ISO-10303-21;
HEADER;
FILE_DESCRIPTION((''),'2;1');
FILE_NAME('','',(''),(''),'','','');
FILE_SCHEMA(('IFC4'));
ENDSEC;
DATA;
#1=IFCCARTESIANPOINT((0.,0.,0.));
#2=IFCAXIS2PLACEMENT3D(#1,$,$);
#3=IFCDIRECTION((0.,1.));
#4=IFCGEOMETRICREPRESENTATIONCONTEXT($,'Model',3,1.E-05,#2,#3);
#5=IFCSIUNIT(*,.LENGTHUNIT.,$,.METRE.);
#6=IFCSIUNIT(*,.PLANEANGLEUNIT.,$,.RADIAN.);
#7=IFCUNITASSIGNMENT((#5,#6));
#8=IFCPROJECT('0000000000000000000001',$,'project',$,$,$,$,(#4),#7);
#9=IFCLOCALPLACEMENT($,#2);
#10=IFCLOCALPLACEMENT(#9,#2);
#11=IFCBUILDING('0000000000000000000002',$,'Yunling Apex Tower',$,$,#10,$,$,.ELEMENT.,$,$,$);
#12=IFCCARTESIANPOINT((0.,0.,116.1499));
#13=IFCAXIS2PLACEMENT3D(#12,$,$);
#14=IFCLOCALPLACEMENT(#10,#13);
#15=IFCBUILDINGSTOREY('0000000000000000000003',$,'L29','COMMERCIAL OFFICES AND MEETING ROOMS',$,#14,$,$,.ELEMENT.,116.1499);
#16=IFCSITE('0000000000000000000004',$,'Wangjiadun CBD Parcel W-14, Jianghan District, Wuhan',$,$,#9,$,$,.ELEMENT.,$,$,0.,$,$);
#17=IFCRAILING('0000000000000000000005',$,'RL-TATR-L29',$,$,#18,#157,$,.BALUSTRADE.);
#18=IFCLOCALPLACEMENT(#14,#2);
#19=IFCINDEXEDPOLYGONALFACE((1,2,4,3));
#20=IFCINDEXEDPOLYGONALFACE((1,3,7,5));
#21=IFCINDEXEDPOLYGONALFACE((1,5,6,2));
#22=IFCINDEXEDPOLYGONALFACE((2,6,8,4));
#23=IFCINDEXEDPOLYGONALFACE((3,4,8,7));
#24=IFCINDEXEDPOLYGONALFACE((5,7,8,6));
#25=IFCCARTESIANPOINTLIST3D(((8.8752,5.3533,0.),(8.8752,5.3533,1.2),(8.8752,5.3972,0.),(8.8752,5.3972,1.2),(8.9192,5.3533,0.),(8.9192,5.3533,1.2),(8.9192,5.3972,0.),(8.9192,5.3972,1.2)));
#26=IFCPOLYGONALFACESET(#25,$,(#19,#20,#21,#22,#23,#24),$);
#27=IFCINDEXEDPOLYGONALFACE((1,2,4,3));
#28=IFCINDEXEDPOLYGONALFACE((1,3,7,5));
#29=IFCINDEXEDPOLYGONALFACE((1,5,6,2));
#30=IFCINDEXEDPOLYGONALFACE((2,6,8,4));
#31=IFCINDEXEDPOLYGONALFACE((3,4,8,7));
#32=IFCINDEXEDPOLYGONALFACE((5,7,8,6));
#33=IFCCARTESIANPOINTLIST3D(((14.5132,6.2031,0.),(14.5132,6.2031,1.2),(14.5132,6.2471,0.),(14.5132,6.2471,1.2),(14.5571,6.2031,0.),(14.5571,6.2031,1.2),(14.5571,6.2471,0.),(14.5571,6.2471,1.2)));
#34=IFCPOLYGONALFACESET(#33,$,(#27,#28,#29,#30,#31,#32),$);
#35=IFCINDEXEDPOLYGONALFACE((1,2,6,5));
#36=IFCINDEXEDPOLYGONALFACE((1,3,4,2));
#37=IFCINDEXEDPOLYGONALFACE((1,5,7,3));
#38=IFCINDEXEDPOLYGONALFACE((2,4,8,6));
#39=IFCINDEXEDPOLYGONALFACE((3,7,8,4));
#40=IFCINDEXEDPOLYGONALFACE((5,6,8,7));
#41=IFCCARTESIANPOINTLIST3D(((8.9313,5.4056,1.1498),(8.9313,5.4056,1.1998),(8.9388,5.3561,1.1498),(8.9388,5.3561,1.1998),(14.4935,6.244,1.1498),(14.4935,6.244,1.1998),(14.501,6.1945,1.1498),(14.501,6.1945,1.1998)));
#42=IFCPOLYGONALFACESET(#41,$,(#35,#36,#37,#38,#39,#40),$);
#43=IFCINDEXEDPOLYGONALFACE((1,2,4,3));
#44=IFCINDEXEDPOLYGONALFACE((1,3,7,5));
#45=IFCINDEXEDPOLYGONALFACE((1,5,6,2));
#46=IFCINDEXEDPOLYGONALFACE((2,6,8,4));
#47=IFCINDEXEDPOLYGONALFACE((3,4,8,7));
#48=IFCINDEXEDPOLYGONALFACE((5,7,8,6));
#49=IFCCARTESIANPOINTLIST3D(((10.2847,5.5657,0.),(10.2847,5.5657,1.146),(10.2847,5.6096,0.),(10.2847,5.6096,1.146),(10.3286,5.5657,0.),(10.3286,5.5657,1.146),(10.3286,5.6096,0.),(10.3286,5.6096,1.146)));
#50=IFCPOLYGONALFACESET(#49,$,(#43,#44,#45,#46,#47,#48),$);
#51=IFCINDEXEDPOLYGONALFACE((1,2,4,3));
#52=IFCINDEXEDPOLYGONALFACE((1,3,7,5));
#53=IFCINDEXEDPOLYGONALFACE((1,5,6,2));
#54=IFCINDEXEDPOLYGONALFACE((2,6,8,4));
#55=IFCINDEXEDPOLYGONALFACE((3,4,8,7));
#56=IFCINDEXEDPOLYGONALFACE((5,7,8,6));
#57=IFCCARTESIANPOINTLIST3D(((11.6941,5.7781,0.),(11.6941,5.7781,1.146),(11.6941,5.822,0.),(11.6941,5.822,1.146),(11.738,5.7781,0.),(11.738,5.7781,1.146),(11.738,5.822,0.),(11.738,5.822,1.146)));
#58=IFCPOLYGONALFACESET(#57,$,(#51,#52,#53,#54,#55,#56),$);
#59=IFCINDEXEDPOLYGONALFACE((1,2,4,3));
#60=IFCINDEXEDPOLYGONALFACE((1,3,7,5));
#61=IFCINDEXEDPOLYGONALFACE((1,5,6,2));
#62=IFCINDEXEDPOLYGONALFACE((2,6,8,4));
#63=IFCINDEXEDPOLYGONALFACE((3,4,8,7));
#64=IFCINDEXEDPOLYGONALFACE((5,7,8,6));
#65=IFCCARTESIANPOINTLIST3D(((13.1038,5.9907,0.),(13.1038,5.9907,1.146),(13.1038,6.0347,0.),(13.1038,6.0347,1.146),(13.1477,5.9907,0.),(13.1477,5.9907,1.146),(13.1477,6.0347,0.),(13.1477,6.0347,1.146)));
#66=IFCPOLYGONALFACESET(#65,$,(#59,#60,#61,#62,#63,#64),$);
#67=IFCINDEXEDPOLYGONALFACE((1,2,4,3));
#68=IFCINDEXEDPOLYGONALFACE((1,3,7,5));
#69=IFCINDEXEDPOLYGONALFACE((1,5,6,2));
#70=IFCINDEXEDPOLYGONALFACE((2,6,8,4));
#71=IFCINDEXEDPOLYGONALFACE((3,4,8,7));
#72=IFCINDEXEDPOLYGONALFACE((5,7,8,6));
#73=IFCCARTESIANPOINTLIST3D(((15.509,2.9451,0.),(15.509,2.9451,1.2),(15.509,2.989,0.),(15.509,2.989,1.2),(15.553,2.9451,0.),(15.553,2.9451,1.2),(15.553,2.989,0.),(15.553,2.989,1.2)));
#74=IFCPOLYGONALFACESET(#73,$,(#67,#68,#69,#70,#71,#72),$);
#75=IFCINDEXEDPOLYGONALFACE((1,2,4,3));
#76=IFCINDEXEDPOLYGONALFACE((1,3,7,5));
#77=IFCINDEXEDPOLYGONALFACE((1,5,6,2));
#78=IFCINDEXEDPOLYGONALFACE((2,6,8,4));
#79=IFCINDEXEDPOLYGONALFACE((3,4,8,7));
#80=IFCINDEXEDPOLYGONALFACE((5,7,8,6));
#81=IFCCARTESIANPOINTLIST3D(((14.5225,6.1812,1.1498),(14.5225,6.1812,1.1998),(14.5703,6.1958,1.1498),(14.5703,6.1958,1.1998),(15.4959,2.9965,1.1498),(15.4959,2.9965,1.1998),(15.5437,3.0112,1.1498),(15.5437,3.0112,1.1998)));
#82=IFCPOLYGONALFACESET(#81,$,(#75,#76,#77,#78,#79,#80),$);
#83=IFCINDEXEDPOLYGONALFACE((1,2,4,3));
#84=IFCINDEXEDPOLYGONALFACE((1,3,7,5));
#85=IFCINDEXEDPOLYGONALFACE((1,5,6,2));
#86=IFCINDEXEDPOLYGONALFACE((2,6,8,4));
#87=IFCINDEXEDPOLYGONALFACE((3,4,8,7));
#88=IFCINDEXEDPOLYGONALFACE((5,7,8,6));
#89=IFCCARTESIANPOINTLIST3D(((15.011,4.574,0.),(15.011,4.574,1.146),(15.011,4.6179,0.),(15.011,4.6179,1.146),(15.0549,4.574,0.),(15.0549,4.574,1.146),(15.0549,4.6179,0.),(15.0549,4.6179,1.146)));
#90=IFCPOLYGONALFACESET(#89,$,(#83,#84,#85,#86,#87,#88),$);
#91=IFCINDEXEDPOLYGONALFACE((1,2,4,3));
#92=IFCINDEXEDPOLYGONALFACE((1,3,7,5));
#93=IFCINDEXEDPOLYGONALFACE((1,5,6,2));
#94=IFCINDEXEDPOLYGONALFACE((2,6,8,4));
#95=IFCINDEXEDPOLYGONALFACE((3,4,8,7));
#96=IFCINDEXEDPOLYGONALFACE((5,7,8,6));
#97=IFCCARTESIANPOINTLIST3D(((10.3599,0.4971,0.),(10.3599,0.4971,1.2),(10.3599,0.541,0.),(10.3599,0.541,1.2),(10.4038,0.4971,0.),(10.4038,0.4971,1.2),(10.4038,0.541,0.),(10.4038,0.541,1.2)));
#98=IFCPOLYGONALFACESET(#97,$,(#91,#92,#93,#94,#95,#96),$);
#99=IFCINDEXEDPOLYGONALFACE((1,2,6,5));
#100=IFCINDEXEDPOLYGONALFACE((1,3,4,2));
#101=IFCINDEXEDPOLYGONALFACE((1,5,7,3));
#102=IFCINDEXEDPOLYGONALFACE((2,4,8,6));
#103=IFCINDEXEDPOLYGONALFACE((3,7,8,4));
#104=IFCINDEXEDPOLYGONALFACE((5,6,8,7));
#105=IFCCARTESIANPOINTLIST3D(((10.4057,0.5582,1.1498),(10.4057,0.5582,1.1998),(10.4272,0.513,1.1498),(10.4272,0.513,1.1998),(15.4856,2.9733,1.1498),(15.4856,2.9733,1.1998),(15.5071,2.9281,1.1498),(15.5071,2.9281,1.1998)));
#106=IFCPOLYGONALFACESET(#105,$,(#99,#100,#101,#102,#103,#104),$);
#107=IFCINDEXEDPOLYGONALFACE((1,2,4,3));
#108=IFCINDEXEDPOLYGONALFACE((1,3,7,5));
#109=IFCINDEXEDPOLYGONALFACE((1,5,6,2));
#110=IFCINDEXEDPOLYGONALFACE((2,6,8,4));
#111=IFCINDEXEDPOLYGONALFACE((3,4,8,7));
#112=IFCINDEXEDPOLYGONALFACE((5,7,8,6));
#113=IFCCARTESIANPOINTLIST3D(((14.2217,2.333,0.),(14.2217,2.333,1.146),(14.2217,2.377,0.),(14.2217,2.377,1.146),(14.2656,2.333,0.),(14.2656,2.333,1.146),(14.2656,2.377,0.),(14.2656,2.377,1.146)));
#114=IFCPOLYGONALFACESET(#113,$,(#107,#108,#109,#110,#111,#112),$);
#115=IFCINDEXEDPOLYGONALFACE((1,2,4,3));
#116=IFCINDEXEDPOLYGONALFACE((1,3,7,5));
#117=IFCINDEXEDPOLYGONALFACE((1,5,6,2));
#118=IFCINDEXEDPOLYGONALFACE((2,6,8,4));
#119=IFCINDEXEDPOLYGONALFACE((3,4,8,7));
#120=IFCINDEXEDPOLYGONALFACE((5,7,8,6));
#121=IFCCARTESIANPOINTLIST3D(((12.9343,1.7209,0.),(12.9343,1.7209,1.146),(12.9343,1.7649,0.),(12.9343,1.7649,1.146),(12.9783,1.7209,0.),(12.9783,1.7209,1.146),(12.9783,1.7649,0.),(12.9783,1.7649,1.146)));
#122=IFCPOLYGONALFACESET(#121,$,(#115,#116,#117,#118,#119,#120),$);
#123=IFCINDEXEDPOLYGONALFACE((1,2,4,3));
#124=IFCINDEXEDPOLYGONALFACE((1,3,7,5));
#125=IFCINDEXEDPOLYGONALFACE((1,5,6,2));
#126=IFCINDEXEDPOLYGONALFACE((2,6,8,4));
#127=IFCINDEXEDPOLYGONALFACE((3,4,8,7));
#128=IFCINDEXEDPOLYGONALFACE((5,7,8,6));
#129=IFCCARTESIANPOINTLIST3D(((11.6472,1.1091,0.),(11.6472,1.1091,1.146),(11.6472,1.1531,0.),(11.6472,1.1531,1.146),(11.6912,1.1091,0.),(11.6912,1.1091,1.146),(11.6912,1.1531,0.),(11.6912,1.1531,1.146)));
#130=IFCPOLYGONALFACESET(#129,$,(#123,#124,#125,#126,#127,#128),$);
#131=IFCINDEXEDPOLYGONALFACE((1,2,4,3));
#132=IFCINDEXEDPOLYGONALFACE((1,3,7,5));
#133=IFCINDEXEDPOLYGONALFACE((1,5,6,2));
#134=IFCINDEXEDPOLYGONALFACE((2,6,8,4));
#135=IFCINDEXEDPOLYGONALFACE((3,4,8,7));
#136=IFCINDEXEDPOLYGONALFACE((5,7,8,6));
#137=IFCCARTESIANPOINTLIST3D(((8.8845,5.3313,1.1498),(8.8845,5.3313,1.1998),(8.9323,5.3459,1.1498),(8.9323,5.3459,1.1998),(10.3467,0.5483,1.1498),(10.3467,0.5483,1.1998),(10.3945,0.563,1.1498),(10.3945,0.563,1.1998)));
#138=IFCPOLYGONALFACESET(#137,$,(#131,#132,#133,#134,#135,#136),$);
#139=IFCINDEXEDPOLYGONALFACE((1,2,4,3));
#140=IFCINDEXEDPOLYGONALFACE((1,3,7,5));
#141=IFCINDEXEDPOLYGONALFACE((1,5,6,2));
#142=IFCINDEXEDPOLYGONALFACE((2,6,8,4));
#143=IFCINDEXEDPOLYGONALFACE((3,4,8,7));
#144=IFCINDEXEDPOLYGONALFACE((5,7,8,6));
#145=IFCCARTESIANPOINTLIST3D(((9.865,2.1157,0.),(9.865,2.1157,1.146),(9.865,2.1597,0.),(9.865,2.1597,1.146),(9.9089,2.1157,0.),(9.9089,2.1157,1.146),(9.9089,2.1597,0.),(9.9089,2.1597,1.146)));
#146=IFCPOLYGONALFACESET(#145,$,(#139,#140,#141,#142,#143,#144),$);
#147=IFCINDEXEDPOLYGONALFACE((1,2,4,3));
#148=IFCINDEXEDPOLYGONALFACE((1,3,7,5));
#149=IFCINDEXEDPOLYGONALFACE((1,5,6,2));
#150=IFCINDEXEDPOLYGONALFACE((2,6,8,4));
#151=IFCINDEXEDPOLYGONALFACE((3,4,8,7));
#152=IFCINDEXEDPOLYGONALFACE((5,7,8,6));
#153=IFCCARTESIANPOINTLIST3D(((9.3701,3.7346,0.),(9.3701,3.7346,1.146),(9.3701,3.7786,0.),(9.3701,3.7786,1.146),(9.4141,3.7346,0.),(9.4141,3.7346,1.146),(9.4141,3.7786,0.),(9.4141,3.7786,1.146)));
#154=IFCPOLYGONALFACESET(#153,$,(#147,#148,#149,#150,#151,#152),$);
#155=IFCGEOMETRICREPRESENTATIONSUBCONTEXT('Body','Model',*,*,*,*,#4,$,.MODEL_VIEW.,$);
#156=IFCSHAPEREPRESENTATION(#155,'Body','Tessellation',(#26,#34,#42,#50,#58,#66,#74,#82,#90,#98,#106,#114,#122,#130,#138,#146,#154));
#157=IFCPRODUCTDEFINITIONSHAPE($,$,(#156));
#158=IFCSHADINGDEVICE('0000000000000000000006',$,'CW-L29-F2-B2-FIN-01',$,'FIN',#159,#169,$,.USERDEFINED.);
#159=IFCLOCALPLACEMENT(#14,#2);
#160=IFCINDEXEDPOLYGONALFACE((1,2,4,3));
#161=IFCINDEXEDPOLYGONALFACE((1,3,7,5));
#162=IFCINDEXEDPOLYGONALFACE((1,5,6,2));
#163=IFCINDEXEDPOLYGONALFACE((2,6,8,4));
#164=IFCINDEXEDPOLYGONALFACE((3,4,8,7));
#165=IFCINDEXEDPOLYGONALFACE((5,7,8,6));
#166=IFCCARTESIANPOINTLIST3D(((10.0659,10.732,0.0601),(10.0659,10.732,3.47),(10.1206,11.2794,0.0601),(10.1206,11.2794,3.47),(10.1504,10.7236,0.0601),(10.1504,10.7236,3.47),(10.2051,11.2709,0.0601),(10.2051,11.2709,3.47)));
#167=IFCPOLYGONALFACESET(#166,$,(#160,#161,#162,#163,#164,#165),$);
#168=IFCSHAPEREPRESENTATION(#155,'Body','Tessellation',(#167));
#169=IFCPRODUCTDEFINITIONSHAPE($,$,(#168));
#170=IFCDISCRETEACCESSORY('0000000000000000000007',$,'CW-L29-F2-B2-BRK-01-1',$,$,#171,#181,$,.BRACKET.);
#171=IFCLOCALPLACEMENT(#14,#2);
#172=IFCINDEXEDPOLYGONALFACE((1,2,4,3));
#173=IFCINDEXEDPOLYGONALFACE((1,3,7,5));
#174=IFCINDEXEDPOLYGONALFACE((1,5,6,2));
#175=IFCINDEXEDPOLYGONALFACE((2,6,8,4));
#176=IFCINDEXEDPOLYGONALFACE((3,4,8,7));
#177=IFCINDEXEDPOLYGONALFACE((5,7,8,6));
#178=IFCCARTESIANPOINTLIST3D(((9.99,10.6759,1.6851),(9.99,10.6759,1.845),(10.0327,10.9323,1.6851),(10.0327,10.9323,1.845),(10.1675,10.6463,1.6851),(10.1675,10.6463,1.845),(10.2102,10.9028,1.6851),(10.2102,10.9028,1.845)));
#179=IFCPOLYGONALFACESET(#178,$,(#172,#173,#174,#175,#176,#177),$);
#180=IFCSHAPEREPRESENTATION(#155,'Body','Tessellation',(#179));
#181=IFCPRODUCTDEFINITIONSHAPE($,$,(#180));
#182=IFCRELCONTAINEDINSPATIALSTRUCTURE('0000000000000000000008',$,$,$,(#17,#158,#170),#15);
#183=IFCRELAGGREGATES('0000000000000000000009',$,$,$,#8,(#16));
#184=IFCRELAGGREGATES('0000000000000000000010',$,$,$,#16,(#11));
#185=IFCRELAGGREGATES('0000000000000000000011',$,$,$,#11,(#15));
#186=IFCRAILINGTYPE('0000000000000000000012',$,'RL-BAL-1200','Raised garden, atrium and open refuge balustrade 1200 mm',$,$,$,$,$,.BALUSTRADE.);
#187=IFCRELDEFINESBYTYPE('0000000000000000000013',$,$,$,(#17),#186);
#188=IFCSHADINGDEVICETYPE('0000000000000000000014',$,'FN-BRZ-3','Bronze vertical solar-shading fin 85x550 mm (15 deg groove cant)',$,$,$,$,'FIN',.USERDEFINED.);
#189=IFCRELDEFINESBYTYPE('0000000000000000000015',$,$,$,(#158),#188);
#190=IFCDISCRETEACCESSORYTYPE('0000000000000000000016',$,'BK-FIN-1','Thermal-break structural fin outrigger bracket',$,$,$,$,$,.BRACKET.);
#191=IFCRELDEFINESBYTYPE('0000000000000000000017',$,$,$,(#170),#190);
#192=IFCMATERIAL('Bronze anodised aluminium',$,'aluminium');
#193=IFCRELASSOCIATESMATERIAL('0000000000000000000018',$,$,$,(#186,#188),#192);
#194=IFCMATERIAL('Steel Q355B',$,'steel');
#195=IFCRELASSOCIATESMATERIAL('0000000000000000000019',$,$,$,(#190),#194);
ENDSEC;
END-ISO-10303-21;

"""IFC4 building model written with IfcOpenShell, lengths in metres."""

from ifc_helpers import new_model, si_unit, direction, frame, origin, origin_2d, place, context, subcontext, project, spatial, rectangle, extrude, source, transform, mapped, material, material_profile, profile_set, type_object, element, save


model = new_model("IFC4")

# Units and contexts
model_context = context("Model", 3, precision=1e-05, world=origin(), true_north=direction((0.0, 1.0)))
body_context = subcontext(model_context, "Body", "Model", "MODEL_VIEW")
ifc_project = project(units=[si_unit("LENGTHUNIT", "METRE"), si_unit("PLANEANGLEUNIT", "RADIAN")], contexts=[model_context])

# Site, building, storey
site_placement = place(None, origin())
site = spatial("IfcSite", under=ifc_project, at=site_placement, Name="Wangjiadun CBD Parcel W-14, Jianghan District, Wuhan", CompositionType="ELEMENT", RefElevation=0.0)
building_placement = place(site_placement, origin())
building = spatial("IfcBuilding", under=site, at=building_placement, Name="Yunling Apex Tower", CompositionType="ELEMENT")
storey_placement = place(building_placement, frame((0.0, 0.0, 116.1499)))
storey = spatial("IfcBuildingStorey", under=building, at=storey_placement, Name="L29", Description="COMMERCIAL OFFICES AND MEETING ROOMS", CompositionType="ELEMENT", Elevation=116.1499)

# Shared definitions
ifc_material_1 = material(Name="Steel Q355B", Category="steel")

# Shared definitions
ifc_material_2 = material(Name="Bronze anodised aluminium", Category="aluminium")

# Railing
railing_type = type_object("IfcRailingType", Name="RL-BAL-1200", Description="Raised garden, atrium and open refuge balustrade 1200 mm", PredefinedType="BALUSTRADE", material=ifc_material_2)
railing_placement = place(storey_placement, frame((8.8972, 5.3752, 0.0)))
element("IfcRailing", 1, at=railing_placement, inside=storey, type_object=railing_type, Name="RL-TATR-L29", PredefinedType="BALUSTRADE", context=body_context, shape_type="SweptSolid", body=[
    extrude(rectangle(XDim=0.0439, YDim=0.0439, at=origin_2d()), origin(), (0.0, 0.0, 1.0), 1.2),
    extrude(rectangle(XDim=0.0439, YDim=0.0439, at=origin_2d()), frame((5.6379, 0.8499, 0.0)), (0.0, 0.0, 1.0), 1.2),
    extrude(rectangle(XDim=0.05, YDim=0.05, at=origin_2d()), frame((0.0378, 0.0056, 1.1748), z_axis=(0.988829, 0.149054, 0.0), x_axis=(-0.149054, 0.988829, 0.0)), (0.0, 0.0, 1.0), 5.625),
    extrude(rectangle(XDim=0.0439, YDim=0.0439, at=origin_2d()), frame((1.4094, 0.2124, 0.0)), (0.0, 0.0, 1.0), 1.146),
    extrude(rectangle(XDim=0.0439, YDim=0.0439, at=origin_2d()), frame((2.8188, 0.4248, 0.0)), (0.0, 0.0, 1.0), 1.146),
    extrude(rectangle(XDim=0.0439, YDim=0.0439, at=origin_2d()), frame((4.2285, 0.6375, 0.0)), (0.0, 0.0, 1.0), 1.146),
    extrude(rectangle(XDim=0.0439, YDim=0.0439, at=origin_2d()), frame((6.6338, -2.4082, 0.0)), (0.0, 0.0, 1.0), 1.2),
    extrude(rectangle(XDim=0.05, YDim=0.05, at=origin_2d()), frame((5.6492, 0.8132, 1.1748), z_axis=(0.292308, -0.956324, 0.0), x_axis=(0.956324, 0.292308, 0.0)), (0.0, 0.0, 1.0), 3.3301),
    extrude(rectangle(XDim=0.0439, YDim=0.0439, at=origin_2d()), frame((6.1357, -0.7793, 0.0)), (0.0, 0.0, 1.0), 1.146),
    extrude(rectangle(XDim=0.0439, YDim=0.0439, at=origin_2d()), frame((1.4846, -4.8562, 0.0)), (0.0, 0.0, 1.0), 1.2),
    extrude(rectangle(XDim=0.05, YDim=0.05, at=origin_2d()), frame((6.5991, -2.4246, 1.1748), z_axis=(-0.903132, -0.429363, 0.0), x_axis=(0.429363, -0.903132, 0.0)), (0.0, 0.0, 1.0), 5.6248),
    extrude(rectangle(XDim=0.0439, YDim=0.0439, at=origin_2d()), frame((5.3464, -3.0203, 0.0)), (0.0, 0.0, 1.0), 1.146),
    extrude(rectangle(XDim=0.0439, YDim=0.0439, at=origin_2d()), frame((4.0591, -3.6323, 0.0)), (0.0, 0.0, 1.0), 1.146),
    extrude(rectangle(XDim=0.0439, YDim=0.0439, at=origin_2d()), frame((2.772, -4.2441, 0.0)), (0.0, 0.0, 1.0), 1.146),
    extrude(rectangle(XDim=0.05, YDim=0.05, at=origin_2d()), frame((1.4734, -4.8196, 1.1748), z_axis=(-0.292359, 0.956309, 0.0), x_axis=(-0.956309, -0.292359, 0.0)), (0.0, 0.0, 1.0), 5.0015),
    extrude(rectangle(XDim=0.0439, YDim=0.0439, at=origin_2d()), frame((0.9897, -3.2375, 0.0)), (0.0, 0.0, 1.0), 1.146),
    extrude(rectangle(XDim=0.0439, YDim=0.0439, at=origin_2d()), frame((0.4949, -1.6187, 0.0)), (0.0, 0.0, 1.0), 1.146),
])

# Shading device
ifc_material_profile_1 = material_profile(ifc_material_2, rectangle(XDim=0.085, YDim=0.55, at=origin_2d()))
ifc_profile_set_1 = profile_set([ifc_material_profile_1], Name="Bronze anodised aluminium")
shading_device_type = type_object("IfcShadingDeviceType", Name="FN-BRZ-3", Description="Bronze vertical solar-shading fin 85x550 mm (15 deg groove cant)", ElementType="FIN", PredefinedType="USERDEFINED", material=ifc_profile_set_1)
shared_shape_1 = source(origin(), body_context, "Body", "SweptSolid", [
    extrude(rectangle(XDim=0.085, YDim=0.55, at=origin_2d()), origin(), (0.0, 0.0, 1.0), 3.4099),
])
shading_device_placement = place(storey_placement, frame((10.1355, 11.0015, 0.0601), z_axis=(0.0, 0.0, 1.0), x_axis=(-0.995038, 0.099493, 0.0)))
element("IfcShadingDevice", 2, at=shading_device_placement, inside=storey, type_object=shading_device_type, Name="CW-L29-F2-B2-FIN-01", ObjectType="FIN", PredefinedType="USERDEFINED", context=body_context, shape_type="MappedRepresentation", body=[
    mapped(shared_shape_1, transform((0.0, 0.0, 0.0), scale=1.0)),
])

# Discrete accessory
discrete_accessory_type = type_object("IfcDiscreteAccessoryType", Name="BK-FIN-1", Description="Thermal-break structural fin outrigger bracket", PredefinedType="BRACKET", material=ifc_material_1)
shared_shape_2 = source(origin(), body_context, "Body", "SweptSolid", [
    extrude(rectangle(XDim=0.1799, YDim=0.26, at=origin_2d()), origin(), (0.0, 0.0, 1.0), 0.1599),
])
discrete_accessory_placement = place(storey_placement, frame((10.1001, 10.7893, 1.6851), z_axis=(0.0, 0.0, 1.0), x_axis=(-0.986401, 0.164359, 0.0)))
element("IfcDiscreteAccessory", 3, at=discrete_accessory_placement, inside=storey, type_object=discrete_accessory_type, Name="CW-L29-F2-B2-BRK-01-1", PredefinedType="BRACKET", context=body_context, shape_type="MappedRepresentation", body=[
    mapped(shared_shape_2, transform((0.0, 0.0, 0.0), scale=1.0)),
])

save(model, "model.ifc")
